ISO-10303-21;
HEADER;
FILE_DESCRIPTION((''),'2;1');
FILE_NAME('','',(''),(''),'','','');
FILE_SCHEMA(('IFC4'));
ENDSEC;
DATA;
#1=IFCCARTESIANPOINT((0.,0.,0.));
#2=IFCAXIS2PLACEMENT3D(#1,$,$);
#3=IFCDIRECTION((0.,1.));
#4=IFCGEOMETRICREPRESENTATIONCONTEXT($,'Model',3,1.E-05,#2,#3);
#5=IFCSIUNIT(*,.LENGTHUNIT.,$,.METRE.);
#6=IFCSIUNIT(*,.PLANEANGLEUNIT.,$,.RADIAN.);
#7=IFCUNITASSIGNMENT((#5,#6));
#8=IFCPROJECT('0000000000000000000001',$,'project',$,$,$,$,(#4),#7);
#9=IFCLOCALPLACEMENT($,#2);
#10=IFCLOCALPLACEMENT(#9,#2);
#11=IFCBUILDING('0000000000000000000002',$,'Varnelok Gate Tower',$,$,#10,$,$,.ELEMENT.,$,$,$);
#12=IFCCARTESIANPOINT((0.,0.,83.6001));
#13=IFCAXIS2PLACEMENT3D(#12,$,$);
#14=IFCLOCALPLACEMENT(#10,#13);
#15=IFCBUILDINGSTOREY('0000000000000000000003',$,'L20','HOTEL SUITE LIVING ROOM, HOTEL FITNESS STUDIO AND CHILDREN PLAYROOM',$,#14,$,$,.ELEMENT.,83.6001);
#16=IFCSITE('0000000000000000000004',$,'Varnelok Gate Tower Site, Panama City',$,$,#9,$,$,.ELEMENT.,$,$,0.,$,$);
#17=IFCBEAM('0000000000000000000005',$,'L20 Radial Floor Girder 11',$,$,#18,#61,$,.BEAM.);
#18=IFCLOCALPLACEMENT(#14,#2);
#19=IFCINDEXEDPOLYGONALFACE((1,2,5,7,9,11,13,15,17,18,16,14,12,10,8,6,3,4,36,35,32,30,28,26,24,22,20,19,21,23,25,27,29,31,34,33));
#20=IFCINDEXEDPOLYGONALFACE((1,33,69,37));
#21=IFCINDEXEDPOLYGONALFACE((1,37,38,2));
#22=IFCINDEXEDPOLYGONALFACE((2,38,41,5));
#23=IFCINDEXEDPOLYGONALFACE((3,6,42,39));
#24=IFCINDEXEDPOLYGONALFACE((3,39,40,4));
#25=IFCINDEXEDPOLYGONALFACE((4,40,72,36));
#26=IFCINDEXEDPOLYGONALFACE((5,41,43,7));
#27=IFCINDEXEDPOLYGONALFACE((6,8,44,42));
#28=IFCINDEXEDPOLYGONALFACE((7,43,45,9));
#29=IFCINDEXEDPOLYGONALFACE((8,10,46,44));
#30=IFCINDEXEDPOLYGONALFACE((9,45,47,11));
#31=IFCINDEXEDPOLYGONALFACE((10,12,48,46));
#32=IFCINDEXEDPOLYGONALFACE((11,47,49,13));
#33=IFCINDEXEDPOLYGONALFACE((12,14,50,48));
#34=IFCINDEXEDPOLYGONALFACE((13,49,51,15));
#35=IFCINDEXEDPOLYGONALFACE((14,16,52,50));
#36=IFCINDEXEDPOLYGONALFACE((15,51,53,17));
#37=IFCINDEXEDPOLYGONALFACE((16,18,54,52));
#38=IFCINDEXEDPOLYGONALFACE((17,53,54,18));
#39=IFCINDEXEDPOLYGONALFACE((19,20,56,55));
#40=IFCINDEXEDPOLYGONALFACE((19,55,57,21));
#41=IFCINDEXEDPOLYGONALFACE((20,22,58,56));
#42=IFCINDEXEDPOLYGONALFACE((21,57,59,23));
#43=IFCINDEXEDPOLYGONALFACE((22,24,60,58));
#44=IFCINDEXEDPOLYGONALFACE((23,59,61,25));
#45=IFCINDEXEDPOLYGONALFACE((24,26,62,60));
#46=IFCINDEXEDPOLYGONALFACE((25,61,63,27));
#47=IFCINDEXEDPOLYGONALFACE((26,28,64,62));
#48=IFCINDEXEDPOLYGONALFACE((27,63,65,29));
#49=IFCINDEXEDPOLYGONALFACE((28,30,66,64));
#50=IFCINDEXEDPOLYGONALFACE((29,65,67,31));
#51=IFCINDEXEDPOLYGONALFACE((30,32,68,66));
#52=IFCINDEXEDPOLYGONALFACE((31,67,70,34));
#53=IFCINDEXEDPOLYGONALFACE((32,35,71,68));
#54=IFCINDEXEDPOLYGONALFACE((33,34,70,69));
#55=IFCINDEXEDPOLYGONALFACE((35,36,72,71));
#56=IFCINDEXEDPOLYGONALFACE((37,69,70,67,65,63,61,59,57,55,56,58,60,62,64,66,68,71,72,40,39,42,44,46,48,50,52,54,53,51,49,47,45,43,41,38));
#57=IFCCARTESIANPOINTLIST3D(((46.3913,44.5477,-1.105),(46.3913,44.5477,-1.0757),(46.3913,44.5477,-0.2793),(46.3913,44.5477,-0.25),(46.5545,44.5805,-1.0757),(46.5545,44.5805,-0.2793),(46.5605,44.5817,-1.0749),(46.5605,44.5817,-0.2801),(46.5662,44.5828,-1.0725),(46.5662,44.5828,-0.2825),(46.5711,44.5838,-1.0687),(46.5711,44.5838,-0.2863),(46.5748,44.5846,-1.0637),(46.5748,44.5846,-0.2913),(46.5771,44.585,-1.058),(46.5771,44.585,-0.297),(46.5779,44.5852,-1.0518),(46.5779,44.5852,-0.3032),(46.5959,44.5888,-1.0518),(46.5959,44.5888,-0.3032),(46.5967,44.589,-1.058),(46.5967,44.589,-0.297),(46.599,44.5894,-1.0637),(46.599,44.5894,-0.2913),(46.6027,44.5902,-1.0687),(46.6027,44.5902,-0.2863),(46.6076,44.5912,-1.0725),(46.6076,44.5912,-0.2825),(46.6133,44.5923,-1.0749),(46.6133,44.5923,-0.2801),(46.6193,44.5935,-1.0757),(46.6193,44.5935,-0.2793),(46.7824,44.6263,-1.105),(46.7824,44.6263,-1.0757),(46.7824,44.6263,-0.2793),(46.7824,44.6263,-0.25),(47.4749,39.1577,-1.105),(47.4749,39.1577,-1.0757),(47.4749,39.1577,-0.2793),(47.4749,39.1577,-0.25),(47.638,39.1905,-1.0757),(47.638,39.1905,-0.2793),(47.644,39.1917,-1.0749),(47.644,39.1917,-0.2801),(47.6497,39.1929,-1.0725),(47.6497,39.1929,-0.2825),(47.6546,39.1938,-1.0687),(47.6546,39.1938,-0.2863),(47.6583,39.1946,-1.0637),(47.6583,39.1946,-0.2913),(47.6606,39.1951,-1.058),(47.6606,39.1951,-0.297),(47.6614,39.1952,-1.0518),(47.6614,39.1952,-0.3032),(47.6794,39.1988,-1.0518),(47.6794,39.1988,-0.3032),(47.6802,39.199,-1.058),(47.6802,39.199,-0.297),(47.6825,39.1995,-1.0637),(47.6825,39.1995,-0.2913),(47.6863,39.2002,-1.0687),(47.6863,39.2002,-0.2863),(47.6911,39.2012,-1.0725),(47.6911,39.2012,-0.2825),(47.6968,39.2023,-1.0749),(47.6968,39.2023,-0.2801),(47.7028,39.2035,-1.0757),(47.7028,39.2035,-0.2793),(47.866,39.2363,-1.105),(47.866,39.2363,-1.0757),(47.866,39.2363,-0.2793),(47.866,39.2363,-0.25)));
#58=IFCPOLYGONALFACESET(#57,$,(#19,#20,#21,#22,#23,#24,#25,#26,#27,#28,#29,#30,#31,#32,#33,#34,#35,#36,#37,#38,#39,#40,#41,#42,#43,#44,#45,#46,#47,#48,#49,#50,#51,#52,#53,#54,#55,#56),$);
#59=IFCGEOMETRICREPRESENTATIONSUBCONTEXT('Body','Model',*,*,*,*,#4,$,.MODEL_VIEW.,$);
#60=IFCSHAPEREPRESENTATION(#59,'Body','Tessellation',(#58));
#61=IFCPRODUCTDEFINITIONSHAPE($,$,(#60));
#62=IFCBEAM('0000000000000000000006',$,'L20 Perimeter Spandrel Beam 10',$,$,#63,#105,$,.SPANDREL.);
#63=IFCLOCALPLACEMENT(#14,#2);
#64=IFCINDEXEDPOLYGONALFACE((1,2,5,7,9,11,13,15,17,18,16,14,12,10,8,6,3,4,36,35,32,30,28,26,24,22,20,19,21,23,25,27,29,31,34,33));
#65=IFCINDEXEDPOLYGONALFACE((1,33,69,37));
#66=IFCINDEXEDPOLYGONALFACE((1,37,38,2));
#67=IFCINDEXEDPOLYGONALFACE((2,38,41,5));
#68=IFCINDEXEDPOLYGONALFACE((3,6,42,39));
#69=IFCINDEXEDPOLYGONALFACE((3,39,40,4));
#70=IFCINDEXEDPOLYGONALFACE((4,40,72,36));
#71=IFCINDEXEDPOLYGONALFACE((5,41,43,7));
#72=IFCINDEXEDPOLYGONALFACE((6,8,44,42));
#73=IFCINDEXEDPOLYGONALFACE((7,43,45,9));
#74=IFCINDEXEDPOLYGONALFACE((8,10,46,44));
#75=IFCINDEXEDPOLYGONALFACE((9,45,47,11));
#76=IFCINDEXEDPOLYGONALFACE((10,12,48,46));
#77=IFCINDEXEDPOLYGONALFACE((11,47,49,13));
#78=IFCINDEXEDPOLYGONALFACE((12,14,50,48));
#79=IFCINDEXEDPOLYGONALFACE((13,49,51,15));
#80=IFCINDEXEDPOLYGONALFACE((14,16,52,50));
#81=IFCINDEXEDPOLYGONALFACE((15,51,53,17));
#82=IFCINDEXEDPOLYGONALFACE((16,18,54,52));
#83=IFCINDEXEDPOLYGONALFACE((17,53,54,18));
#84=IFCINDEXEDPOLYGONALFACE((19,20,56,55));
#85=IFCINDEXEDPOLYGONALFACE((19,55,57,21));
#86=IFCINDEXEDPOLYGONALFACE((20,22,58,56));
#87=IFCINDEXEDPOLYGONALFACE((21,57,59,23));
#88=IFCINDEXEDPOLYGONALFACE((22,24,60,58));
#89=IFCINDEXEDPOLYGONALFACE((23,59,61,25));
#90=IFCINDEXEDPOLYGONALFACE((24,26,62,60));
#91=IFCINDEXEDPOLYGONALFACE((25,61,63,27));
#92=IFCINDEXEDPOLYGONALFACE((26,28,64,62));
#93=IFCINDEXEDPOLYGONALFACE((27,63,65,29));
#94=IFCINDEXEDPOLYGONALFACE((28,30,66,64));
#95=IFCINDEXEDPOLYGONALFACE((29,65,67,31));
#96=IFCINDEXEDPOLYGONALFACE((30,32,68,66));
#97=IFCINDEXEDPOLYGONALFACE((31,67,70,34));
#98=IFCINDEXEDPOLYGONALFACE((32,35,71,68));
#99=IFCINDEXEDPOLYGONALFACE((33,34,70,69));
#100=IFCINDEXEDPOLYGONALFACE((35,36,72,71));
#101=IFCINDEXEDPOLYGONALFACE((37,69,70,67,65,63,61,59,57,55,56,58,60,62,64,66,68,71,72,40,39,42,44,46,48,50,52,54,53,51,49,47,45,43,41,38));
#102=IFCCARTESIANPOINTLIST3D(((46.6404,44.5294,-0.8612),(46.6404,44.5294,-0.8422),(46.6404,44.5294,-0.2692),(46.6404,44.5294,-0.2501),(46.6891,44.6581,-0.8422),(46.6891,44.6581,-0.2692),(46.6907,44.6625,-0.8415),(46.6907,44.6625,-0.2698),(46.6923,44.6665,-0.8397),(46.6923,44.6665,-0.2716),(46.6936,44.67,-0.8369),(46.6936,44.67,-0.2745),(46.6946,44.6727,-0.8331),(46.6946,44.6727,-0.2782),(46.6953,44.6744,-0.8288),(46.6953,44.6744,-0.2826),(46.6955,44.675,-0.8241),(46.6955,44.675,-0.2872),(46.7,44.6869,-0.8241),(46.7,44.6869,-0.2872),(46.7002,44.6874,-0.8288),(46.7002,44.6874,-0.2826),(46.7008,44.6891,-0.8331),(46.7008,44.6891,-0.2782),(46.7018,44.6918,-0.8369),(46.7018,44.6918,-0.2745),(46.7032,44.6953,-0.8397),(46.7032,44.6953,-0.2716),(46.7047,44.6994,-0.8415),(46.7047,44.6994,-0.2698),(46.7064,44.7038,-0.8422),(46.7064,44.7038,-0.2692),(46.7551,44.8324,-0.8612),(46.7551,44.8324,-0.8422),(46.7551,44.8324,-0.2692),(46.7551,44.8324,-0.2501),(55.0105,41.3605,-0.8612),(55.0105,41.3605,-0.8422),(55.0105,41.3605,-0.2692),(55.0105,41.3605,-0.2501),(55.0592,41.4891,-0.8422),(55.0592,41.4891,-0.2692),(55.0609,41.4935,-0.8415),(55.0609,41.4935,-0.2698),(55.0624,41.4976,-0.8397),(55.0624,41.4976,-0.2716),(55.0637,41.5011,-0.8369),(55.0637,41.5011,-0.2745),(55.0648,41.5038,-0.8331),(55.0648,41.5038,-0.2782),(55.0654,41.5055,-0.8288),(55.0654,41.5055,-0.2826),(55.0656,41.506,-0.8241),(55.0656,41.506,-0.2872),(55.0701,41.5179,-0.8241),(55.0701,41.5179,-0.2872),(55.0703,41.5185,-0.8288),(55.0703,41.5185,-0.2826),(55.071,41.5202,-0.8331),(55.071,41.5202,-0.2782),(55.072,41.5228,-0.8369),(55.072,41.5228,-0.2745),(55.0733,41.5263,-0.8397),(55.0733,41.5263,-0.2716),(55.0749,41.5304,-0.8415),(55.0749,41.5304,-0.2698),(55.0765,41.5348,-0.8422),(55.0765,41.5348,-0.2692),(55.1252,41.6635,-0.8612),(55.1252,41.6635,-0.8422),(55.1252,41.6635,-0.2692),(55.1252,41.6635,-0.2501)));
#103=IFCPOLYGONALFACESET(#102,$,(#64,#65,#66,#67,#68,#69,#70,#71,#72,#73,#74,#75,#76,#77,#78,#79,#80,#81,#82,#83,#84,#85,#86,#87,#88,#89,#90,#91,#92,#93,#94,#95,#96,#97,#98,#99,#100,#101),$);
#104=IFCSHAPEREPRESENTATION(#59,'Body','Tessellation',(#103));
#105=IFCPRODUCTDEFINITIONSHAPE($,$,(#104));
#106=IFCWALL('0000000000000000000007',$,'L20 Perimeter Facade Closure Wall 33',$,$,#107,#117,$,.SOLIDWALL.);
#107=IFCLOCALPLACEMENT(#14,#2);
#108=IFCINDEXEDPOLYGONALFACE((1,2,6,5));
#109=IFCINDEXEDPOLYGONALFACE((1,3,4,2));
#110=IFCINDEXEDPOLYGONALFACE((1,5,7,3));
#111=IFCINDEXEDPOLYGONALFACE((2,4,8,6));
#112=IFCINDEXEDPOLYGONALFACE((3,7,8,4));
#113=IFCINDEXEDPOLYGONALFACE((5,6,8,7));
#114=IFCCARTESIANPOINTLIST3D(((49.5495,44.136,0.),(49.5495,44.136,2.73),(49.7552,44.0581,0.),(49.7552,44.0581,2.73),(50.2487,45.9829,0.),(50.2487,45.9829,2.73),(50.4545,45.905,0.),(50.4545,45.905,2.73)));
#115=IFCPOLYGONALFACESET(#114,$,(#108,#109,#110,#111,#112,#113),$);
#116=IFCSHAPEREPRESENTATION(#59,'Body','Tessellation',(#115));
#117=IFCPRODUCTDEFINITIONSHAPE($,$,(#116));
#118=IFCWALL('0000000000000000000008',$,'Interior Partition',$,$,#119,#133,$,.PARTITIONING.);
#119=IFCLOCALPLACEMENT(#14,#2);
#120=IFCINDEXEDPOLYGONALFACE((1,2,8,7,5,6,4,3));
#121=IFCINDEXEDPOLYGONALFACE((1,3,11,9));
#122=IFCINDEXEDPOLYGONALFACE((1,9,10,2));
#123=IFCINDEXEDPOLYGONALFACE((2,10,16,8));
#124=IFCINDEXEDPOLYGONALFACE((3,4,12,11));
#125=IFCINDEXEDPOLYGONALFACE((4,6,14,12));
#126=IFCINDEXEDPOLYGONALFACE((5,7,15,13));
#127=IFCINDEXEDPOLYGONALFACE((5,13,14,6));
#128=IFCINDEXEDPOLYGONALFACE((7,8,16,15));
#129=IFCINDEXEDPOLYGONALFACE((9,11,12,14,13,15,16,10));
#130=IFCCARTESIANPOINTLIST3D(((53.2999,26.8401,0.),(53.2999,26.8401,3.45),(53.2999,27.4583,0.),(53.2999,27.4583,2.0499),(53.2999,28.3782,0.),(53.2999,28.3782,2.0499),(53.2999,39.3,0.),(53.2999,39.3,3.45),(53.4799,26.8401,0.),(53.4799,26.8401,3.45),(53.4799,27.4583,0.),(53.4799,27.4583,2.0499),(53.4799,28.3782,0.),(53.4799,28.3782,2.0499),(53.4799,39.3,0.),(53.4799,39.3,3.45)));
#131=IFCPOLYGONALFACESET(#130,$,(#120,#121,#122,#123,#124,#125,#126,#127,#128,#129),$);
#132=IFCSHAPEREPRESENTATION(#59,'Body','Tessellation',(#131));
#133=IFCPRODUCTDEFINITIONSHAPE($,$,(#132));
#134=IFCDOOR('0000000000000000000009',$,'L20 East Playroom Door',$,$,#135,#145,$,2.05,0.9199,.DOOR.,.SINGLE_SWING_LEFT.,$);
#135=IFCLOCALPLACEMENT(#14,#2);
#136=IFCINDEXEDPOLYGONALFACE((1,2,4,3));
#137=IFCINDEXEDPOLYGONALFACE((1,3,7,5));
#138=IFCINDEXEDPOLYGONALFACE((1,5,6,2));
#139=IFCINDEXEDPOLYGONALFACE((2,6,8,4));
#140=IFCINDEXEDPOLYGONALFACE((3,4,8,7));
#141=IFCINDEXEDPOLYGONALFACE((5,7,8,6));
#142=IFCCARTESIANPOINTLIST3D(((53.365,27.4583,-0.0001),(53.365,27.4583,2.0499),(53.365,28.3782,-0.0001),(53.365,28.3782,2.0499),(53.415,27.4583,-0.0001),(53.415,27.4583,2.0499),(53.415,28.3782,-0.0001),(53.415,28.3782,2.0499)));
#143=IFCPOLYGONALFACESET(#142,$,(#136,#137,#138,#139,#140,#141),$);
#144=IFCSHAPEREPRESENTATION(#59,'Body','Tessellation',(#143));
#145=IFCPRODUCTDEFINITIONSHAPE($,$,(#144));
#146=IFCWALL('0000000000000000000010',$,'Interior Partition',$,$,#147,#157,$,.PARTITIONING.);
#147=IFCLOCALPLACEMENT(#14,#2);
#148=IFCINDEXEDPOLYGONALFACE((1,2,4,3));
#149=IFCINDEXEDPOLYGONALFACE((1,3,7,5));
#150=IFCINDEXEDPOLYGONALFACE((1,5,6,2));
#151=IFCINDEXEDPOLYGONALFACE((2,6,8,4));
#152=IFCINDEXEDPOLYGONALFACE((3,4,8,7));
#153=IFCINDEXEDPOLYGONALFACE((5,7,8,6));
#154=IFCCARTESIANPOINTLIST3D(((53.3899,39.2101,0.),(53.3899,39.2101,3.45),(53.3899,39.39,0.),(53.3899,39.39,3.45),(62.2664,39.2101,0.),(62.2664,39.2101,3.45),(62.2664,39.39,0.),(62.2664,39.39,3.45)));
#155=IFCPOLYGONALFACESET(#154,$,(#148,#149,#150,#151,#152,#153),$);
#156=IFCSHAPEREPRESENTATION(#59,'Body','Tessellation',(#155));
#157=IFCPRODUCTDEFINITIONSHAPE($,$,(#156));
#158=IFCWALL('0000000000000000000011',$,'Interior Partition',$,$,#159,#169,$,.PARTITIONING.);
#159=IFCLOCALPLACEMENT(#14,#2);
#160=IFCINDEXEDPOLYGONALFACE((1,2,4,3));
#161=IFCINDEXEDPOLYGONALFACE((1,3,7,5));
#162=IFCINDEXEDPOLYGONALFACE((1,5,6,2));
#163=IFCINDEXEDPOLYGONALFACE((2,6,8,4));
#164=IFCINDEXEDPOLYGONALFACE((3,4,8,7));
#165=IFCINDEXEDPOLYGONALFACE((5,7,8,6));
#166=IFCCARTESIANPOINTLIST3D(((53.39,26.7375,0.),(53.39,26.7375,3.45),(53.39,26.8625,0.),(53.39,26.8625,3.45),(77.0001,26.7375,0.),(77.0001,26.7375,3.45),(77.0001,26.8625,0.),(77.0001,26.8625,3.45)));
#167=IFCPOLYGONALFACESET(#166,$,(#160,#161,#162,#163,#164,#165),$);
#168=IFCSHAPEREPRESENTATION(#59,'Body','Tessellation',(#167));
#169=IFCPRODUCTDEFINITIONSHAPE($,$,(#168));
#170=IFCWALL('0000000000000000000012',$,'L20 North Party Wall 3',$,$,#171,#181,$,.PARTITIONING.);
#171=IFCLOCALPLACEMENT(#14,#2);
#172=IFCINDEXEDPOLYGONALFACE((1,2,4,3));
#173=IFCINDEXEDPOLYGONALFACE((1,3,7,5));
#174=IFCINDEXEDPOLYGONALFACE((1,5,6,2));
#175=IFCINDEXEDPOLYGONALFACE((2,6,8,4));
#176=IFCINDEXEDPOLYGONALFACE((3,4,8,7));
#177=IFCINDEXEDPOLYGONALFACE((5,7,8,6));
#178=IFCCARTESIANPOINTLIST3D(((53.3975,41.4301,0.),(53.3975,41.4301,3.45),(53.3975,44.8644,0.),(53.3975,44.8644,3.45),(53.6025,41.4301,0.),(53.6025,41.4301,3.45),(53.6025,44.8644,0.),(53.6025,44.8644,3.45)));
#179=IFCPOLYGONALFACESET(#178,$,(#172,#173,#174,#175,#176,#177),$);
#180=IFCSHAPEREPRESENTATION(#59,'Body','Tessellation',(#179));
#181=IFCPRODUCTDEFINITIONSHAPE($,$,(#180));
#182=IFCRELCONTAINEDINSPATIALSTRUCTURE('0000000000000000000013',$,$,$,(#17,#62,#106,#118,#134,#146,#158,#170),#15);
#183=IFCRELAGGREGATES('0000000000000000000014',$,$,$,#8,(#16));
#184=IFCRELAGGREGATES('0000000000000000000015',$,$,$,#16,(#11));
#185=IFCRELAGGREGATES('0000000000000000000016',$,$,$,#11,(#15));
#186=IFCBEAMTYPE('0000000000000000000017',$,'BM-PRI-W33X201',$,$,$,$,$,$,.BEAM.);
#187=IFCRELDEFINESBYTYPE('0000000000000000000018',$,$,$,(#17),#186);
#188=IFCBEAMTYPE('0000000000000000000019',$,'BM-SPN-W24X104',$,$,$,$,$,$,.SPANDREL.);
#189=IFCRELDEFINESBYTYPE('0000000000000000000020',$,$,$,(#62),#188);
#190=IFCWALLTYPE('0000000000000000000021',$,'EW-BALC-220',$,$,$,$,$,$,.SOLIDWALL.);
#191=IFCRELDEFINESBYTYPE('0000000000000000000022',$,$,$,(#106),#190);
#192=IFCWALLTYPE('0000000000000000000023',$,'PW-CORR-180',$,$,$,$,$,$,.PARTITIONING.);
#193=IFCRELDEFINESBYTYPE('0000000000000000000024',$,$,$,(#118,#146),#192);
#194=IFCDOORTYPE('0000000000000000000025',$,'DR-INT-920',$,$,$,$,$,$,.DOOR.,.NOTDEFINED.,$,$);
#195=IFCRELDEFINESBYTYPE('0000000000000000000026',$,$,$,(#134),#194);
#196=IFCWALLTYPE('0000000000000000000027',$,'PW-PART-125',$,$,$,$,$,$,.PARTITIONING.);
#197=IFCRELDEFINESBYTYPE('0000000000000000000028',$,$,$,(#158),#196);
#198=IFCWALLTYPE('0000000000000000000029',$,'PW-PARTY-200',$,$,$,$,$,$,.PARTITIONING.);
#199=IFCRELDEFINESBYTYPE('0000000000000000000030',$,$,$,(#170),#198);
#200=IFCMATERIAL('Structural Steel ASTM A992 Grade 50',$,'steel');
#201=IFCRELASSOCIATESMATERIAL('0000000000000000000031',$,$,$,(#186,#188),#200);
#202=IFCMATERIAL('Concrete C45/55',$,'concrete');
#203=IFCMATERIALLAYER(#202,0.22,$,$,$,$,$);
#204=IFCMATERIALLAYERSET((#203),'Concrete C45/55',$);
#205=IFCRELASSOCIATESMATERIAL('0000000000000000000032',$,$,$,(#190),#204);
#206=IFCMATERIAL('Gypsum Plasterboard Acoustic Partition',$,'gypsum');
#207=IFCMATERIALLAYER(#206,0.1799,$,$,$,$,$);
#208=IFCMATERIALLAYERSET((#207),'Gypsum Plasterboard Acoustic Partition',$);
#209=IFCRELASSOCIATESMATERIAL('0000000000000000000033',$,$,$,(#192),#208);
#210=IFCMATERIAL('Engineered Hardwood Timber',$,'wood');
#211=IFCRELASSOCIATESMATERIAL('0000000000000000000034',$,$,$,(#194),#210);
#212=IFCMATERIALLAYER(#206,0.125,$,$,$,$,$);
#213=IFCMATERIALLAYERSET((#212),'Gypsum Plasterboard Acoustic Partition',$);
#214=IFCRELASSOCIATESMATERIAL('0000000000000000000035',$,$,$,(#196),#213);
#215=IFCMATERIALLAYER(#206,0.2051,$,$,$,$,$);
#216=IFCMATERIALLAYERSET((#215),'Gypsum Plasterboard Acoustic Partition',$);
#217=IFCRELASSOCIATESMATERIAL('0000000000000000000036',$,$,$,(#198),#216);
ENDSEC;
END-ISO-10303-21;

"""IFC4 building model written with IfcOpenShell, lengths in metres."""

from ifc_helpers import new_model, si_unit, direction, frame, frame_2d, origin, origin_2d, place, context, subcontext, project, spatial, rectangle, i_section, extrude, material, layer, layer_set, material_profile, profile_set, type_object, element, fill, save


model = new_model("IFC4")

# Units and contexts
model_context = context("Model", 3, precision=1e-05, world=origin(), true_north=direction((0.0, 1.0)))
body_context = subcontext(model_context, "Body", "Model", "MODEL_VIEW")
ifc_project = project(units=[si_unit("LENGTHUNIT", "METRE"), si_unit("PLANEANGLEUNIT", "RADIAN")], contexts=[model_context])

# Site, building, storey
site_placement = place(None, origin())
site = spatial("IfcSite", under=ifc_project, at=site_placement, Name="Varnelok Gate Tower Site, Panama City", CompositionType="ELEMENT", RefElevation=0.0)
building_placement = place(site_placement, origin())
building = spatial("IfcBuilding", under=site, at=building_placement, Name="Varnelok Gate Tower", CompositionType="ELEMENT")
storey_placement = place(building_placement, frame((0.0, 0.0, 83.6001)))
storey = spatial("IfcBuildingStorey", under=building, at=storey_placement, Name="L20", Description="HOTEL SUITE LIVING ROOM, HOTEL FITNESS STUDIO AND CHILDREN PLAYROOM", CompositionType="ELEMENT", Elevation=83.6001)

# Shared definitions
ifc_material_1 = material(Name="Structural Steel ASTM A992 Grade 50", Category="steel")

# Beams
ifc_material_profile_1 = material_profile(ifc_material_1, i_section(OverallWidth=0.3989, OverallDepth=0.855, WebThickness=0.0183, FlangeThickness=0.0293, FilletRadius=0.0239, at=origin_2d()), Name="W33X201")
ifc_profile_set_1 = profile_set([ifc_material_profile_1], Name="Structural Steel ASTM A992 Grade 50")
beam_type_1 = type_object("IfcBeamType", Name="BM-PRI-W33X201", PredefinedType="BEAM", material=ifc_profile_set_1)
beam_1_placement = place(storey_placement, frame((47.6704, 39.197, -0.6775), z_axis=(-0.197081, 0.980387, 0.0), x_axis=(-0.980387, -0.197081, 0.0)))
element("IfcBeam", 1, at=beam_1_placement, inside=storey, type_object=beam_type_1, Name="L20 Radial Floor Girder 11", PredefinedType="BEAM", context=body_context, shape_type="SweptSolid", body=[
    extrude(i_section(OverallWidth=0.3989, OverallDepth=0.855, WebThickness=0.0183, FlangeThickness=0.0293, FilletRadius=0.0239, at=origin_2d()), origin(), (0.0, 0.0, 1.0), 5.4978),
])
ifc_material_profile_2 = material_profile(ifc_material_1, i_section(OverallWidth=0.324, OverallDepth=0.6111, WebThickness=0.0127, FlangeThickness=0.019, FilletRadius=0.0181, at=origin_2d()), Name="W24X104")
ifc_profile_set_2 = profile_set([ifc_material_profile_2], Name="Structural Steel ASTM A992 Grade 50")
beam_type_2 = type_object("IfcBeamType", Name="BM-SPN-W24X104", PredefinedType="SPANDREL", material=ifc_profile_set_2)
beam_2_placement = place(storey_placement, frame((55.0679, 41.512, -0.5557), z_axis=(-0.935217, 0.354075, 0.0), x_axis=(-0.354075, -0.935217, 0.0)))
element("IfcBeam", 2, at=beam_2_placement, inside=storey, type_object=beam_type_2, Name="L20 Perimeter Spandrel Beam 10", PredefinedType="SPANDREL", context=body_context, shape_type="SweptSolid", body=[
    extrude(i_section(OverallWidth=0.324, OverallDepth=0.6111, WebThickness=0.0127, FlangeThickness=0.019, FilletRadius=0.0181, at=origin_2d()), origin(), (0.0, 0.0, 1.0), 8.95),
])

# Wall
ifc_material_2 = material(Name="Concrete C45/55", Category="concrete")
ifc_layer_1 = layer(ifc_material_2, 0.22)
ifc_layer_set_1 = layer_set([ifc_layer_1], Name="Concrete C45/55")
wall_type_1 = type_object("IfcWallType", Name="EW-BALC-220", PredefinedType="SOLIDWALL", material=ifc_layer_set_1)
wall_1_placement = place(storey_placement, frame((50.3516, 45.9438, 0.0), z_axis=(0.0, 0.0, 1.0), x_axis=(-0.354062, -0.935222, 0.0)))
element("IfcWall", 3, at=wall_1_placement, inside=storey, type_object=wall_type_1, Name="L20 Perimeter Facade Closure Wall 33", PredefinedType="SOLIDWALL", context=body_context, shape_type="SweptSolid", body=[
    extrude(rectangle(XDim=1.9749, YDim=0.22, at=frame_2d((0.9873, 0.0))), origin(), (0.0, 0.0, 1.0), 2.73),
])

# Wall, opening, door
ifc_material_3 = material(Name="Gypsum Plasterboard Acoustic Partition", Category="gypsum")
ifc_layer_2 = layer(ifc_material_3, 0.1799)
ifc_layer_set_2 = layer_set([ifc_layer_2], Name="Gypsum Plasterboard Acoustic Partition")
wall_type_2 = type_object("IfcWallType", Name="PW-CORR-180", PredefinedType="PARTITIONING", material=ifc_layer_set_2)
wall_2_placement = place(storey_placement, frame((53.3899, 26.8401, 0.0), z_axis=(0.0, 0.0, 1.0), x_axis=(0.0, 1.0, 0.0)))
wall_2 = element("IfcWall", 4, at=wall_2_placement, inside=storey, type_object=wall_type_2, Name="Interior Partition", PredefinedType="PARTITIONING", context=body_context, shape_type="SweptSolid", body=[
    extrude(rectangle(XDim=12.46, YDim=0.1799, at=frame_2d((6.23, 0.0))), origin(), (0.0, 0.0, 1.0), 3.45),
])
opening_placement = place(wall_2_placement, frame((0.6182, 0.0, 0.0)))
opening = element("IfcOpeningElement", 5, at=opening_placement, cuts=wall_2, PredefinedType="OPENING", context=body_context, shape_type="SweptSolid", body=[
    extrude(rectangle(XDim=0.9199, YDim=2.05, at=frame_2d((0.46, 1.0249))), frame((0.0, 0.0999, 0.0), z_axis=(0.0, -1.0, 0.0), x_axis=(1.0, 0.0, 0.0)), (0.0, 0.0, 1.0), 0.2),
])
ifc_material_4 = material(Name="Engineered Hardwood Timber", Category="wood")
door_type = type_object("IfcDoorType", Name="DR-INT-920", OperationType="NOTDEFINED", PredefinedType="DOOR", material=ifc_material_4)
door_placement = place(opening_placement, origin())
door = element("IfcDoor", 6, at=door_placement, inside=storey, type_object=door_type, Name="L20 East Playroom Door", OperationType="SINGLE_SWING_LEFT", OverallHeight=2.05, OverallWidth=0.9199, PredefinedType="DOOR", context=body_context, shape_type="SweptSolid", body=[
    extrude(rectangle(XDim=0.9199, YDim=2.05, at=frame_2d((0.46, 1.0249))), frame((0.0, 0.0249, 0.0), z_axis=(0.0, -1.0, 0.0), x_axis=(1.0, 0.0, 0.0)), (0.0, 0.0, 1.0), 0.05),
])
fill(opening, door)

# Walls
wall_3_placement = place(storey_placement, frame((53.3899, 39.3, 0.0), z_axis=(0.0, 0.0, 1.0), x_axis=(1.0, 0.0, 0.0)))
element("IfcWall", 7, at=wall_3_placement, inside=storey, type_object=wall_type_2, Name="Interior Partition", PredefinedType="PARTITIONING", context=body_context, shape_type="SweptSolid", body=[
    extrude(rectangle(XDim=8.8765, YDim=0.1799, at=frame_2d((4.4382, 0.0))), origin(), (0.0, 0.0, 1.0), 3.45),
])
ifc_layer_3 = layer(ifc_material_3, 0.125)
ifc_layer_set_3 = layer_set([ifc_layer_3], Name="Gypsum Plasterboard Acoustic Partition")
wall_type_3 = type_object("IfcWallType", Name="PW-PART-125", PredefinedType="PARTITIONING", material=ifc_layer_set_3)
wall_4_placement = place(storey_placement, frame((53.3899, 26.8, 0.0), z_axis=(0.0, 0.0, 1.0), x_axis=(1.0, 0.0, 0.0)))
element("IfcWall", 8, at=wall_4_placement, inside=storey, type_object=wall_type_3, Name="Interior Partition", PredefinedType="PARTITIONING", context=body_context, shape_type="SweptSolid", body=[
    extrude(rectangle(XDim=23.6101, YDim=0.125, at=frame_2d((11.8052, 0.0))), origin(), (0.0, 0.0, 1.0), 3.45),
])
ifc_layer_4 = layer(ifc_material_3, 0.2051)
ifc_layer_set_4 = layer_set([ifc_layer_4], Name="Gypsum Plasterboard Acoustic Partition")
wall_type_4 = type_object("IfcWallType", Name="PW-PARTY-200", PredefinedType="PARTITIONING", material=ifc_layer_set_4)
wall_5_placement = place(storey_placement, frame((53.5, 41.4299, 0.0), z_axis=(0.0, 0.0, 1.0), x_axis=(0.0, 1.0, 0.0)))
element("IfcWall", 9, at=wall_5_placement, inside=storey, type_object=wall_type_4, Name="L20 North Party Wall 3", PredefinedType="PARTITIONING", context=body_context, shape_type="SweptSolid", body=[
    extrude(rectangle(XDim=3.4343, YDim=0.2051, at=frame_2d((1.7173, 0.0))), origin(), (0.0, 0.0, 1.0), 3.45),
])

save(model, "model.ifc")
